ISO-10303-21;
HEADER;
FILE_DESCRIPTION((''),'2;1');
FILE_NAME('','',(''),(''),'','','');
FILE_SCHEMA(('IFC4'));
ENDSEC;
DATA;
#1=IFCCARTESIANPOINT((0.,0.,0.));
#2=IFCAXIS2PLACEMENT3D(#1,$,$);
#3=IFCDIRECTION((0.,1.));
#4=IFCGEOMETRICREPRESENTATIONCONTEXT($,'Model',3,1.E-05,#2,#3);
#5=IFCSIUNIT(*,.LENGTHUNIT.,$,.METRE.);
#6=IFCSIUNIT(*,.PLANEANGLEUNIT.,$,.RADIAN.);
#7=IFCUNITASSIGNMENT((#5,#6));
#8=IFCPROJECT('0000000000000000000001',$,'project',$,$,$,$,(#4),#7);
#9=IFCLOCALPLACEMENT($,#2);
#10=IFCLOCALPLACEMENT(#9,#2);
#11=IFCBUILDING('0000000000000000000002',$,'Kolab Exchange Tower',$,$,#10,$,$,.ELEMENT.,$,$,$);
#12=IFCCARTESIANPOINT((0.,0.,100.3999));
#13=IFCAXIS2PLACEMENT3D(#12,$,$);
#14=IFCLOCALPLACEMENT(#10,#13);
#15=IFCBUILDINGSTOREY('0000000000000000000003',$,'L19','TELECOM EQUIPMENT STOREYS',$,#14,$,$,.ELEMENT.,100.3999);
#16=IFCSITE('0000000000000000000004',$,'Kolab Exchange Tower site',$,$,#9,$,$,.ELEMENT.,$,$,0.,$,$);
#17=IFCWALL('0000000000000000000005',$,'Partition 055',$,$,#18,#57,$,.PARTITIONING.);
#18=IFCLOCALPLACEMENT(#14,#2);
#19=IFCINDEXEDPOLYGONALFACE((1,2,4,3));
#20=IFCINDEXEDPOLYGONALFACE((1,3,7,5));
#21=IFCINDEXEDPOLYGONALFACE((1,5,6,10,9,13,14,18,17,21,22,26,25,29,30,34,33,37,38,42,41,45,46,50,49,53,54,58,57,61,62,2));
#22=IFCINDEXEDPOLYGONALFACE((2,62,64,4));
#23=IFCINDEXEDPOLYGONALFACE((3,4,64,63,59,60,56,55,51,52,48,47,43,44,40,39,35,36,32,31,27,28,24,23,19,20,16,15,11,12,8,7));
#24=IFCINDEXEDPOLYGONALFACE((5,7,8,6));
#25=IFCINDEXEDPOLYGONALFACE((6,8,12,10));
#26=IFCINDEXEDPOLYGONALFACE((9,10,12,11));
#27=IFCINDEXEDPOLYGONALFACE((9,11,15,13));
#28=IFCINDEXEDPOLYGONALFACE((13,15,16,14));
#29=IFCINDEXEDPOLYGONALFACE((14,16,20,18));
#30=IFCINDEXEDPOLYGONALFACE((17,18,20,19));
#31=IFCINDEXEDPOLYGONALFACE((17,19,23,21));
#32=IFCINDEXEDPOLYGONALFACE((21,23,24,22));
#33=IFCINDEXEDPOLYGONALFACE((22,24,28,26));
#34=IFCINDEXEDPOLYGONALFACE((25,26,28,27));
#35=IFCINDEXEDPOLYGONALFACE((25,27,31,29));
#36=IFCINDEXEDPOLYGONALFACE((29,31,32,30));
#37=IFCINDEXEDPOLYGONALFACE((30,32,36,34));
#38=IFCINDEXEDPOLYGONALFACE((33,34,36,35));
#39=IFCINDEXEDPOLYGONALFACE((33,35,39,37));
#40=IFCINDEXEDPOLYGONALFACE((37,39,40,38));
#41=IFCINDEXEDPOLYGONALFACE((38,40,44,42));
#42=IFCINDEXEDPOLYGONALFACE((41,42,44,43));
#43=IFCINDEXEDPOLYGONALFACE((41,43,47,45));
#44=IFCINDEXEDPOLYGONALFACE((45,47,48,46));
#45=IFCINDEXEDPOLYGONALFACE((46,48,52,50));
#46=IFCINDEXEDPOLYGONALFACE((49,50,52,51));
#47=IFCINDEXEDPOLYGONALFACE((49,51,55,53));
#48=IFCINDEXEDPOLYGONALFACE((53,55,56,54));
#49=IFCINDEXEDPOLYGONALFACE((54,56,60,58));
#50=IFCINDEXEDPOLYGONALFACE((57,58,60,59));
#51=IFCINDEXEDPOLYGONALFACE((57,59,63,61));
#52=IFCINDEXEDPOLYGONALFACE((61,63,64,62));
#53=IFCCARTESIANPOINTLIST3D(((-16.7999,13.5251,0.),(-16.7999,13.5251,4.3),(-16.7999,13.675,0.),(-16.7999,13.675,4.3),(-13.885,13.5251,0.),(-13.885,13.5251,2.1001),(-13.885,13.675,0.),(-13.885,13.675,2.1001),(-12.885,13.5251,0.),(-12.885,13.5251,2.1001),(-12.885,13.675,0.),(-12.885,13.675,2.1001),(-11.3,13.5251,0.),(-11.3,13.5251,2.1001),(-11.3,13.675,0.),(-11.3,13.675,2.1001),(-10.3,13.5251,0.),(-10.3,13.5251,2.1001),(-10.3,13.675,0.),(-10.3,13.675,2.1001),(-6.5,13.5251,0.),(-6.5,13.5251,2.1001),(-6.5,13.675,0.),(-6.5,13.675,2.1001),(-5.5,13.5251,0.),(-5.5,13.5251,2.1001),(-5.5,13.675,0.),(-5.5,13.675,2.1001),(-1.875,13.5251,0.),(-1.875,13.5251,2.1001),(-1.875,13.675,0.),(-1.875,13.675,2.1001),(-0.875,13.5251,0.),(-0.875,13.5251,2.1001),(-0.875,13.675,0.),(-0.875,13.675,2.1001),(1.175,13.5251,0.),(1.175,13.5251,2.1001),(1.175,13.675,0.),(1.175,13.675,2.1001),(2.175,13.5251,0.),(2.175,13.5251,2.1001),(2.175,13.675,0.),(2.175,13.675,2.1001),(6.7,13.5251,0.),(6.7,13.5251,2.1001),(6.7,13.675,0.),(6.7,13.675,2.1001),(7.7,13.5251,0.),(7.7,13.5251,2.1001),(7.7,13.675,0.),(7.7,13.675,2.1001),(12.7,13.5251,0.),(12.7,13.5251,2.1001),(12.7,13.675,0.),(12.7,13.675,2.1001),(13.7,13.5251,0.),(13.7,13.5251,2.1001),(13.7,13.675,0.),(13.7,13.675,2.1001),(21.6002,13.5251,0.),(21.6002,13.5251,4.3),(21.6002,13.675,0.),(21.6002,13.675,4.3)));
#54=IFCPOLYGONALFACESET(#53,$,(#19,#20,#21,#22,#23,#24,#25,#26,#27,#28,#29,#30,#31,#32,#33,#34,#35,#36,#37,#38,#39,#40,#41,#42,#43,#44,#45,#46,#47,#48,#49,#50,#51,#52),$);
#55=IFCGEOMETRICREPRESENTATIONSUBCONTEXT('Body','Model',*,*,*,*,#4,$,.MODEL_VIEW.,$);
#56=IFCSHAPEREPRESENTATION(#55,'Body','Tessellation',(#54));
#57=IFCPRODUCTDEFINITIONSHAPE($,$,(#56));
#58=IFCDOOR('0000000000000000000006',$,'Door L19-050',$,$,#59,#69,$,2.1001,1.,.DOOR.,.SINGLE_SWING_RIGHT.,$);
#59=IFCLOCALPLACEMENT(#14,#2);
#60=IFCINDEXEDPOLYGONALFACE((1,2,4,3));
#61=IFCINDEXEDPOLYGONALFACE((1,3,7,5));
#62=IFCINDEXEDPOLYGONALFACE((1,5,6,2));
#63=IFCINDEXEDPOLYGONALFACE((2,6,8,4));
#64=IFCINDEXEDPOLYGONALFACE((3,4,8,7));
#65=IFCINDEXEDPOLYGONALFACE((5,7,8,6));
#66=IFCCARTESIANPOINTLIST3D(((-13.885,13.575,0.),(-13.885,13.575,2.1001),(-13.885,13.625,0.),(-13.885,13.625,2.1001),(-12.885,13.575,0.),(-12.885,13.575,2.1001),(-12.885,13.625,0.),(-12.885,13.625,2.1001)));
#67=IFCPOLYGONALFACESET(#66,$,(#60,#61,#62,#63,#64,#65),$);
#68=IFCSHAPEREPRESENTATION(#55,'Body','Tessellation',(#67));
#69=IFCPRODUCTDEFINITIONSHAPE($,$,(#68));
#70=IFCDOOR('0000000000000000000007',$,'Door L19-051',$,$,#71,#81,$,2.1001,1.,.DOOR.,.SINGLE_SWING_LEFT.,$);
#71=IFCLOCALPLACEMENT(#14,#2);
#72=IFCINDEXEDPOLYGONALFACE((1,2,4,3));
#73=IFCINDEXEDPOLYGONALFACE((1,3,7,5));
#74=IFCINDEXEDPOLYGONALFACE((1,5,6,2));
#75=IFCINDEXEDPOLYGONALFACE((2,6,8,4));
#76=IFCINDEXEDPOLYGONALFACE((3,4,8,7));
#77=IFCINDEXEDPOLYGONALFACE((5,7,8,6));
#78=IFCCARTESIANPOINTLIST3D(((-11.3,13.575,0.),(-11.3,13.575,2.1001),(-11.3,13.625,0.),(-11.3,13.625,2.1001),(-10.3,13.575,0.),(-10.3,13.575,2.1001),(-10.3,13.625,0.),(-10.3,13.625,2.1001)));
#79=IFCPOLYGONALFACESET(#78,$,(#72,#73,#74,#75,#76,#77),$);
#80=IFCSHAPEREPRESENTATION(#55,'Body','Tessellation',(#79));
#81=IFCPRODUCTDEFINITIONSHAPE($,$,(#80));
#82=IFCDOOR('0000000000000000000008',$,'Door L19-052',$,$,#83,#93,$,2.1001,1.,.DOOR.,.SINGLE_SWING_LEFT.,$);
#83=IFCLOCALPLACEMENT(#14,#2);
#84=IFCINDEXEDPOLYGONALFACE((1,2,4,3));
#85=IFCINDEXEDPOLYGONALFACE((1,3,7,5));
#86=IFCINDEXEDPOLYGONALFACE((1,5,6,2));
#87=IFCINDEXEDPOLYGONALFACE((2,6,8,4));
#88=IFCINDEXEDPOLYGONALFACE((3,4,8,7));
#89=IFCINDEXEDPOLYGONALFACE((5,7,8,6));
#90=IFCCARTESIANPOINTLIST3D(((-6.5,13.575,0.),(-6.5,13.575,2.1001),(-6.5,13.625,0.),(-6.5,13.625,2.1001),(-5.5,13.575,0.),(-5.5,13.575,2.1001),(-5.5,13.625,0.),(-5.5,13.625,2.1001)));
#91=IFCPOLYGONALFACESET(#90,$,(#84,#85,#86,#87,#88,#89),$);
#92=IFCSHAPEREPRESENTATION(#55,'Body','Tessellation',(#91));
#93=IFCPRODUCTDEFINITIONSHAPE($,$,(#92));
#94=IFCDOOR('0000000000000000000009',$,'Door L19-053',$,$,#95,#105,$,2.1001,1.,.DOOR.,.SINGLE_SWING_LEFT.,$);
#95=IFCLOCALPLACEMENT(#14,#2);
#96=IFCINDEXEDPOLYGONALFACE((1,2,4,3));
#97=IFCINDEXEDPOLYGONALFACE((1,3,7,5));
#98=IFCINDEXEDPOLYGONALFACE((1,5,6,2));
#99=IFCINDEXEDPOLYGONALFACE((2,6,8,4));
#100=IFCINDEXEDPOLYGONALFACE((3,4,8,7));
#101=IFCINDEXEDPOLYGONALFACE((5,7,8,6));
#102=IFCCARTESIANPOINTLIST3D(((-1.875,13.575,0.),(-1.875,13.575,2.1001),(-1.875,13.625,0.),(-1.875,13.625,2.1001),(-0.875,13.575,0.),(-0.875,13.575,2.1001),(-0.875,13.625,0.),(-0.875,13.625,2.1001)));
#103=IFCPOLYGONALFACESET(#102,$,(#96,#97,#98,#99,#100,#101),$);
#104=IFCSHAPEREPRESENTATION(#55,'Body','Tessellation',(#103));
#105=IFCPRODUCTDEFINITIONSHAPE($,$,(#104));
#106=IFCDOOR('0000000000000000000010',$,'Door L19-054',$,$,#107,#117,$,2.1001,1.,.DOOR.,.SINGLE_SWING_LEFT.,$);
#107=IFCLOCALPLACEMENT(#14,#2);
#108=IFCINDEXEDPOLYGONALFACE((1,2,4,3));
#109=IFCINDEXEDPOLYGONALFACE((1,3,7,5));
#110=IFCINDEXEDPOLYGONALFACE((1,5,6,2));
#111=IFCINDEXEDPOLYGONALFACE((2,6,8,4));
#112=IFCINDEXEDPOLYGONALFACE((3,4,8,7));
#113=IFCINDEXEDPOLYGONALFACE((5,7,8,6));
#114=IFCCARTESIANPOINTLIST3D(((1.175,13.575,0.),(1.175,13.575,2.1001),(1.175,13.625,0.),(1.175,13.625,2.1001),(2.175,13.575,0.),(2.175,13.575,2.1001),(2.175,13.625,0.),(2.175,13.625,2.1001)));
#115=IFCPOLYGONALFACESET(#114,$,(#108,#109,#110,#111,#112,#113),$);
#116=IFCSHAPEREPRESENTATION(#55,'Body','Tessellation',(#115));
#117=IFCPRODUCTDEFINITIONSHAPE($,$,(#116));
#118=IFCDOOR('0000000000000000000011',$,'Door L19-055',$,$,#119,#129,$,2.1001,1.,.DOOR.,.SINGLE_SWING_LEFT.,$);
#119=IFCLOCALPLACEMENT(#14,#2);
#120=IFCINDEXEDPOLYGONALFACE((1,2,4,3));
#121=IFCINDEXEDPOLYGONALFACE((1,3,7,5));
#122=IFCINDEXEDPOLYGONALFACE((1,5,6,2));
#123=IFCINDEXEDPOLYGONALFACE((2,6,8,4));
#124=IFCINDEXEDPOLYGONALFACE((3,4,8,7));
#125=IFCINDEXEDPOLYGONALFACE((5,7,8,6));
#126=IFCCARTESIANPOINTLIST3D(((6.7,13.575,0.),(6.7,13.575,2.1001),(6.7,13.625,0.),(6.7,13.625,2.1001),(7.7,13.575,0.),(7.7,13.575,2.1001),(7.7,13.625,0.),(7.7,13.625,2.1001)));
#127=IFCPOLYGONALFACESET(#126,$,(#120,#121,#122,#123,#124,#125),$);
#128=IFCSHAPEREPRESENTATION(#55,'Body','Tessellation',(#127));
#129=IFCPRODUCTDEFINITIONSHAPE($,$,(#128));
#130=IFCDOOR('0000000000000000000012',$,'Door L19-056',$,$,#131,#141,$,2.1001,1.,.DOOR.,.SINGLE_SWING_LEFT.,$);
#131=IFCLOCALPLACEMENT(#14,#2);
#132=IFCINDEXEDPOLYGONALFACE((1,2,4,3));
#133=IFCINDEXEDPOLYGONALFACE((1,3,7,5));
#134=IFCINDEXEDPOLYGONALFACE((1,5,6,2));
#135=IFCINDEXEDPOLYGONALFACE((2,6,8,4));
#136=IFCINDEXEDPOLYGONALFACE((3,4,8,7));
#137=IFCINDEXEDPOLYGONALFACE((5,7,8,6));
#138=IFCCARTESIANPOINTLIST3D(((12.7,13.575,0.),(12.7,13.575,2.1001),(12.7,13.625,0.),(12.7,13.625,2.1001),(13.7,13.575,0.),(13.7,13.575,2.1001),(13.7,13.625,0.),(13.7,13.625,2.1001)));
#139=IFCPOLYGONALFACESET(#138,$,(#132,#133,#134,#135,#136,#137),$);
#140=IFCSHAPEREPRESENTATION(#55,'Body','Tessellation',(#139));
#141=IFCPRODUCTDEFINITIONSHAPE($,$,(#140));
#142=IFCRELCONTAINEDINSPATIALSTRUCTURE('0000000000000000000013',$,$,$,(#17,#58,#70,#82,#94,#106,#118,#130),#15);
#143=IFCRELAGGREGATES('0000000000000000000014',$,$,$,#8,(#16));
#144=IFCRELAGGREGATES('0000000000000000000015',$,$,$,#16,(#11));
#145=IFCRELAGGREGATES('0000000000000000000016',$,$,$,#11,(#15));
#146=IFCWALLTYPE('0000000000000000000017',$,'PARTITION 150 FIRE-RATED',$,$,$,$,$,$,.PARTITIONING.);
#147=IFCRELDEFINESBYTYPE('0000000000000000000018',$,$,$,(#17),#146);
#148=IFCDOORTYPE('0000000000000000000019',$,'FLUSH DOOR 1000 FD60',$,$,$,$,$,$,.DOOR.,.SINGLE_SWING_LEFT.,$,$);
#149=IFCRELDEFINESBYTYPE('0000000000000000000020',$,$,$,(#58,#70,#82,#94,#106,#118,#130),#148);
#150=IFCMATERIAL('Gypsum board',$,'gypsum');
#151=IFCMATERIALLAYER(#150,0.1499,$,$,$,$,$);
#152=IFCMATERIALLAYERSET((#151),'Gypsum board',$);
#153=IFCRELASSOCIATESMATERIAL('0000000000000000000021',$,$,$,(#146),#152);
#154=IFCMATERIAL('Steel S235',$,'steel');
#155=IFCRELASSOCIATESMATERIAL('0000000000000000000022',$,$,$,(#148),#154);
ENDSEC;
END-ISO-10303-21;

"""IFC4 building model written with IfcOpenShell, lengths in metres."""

from ifc_helpers import new_model, si_unit, direction, frame, frame_2d, origin, place, context, subcontext, project, spatial, rectangle, extrude, material, layer, layer_set, type_object, element, fill, save


model = new_model("IFC4")

# Units and contexts
model_context = context("Model", 3, precision=1e-05, world=origin(), true_north=direction((0.0, 1.0)))
body_context = subcontext(model_context, "Body", "Model", "MODEL_VIEW")
ifc_project = project(units=[si_unit("LENGTHUNIT", "METRE"), si_unit("PLANEANGLEUNIT", "RADIAN")], contexts=[model_context])

# Site, building, storey
site_placement = place(None, origin())
site = spatial("IfcSite", under=ifc_project, at=site_placement, Name="Kolab Exchange Tower site", CompositionType="ELEMENT", RefElevation=0.0)
building_placement = place(site_placement, origin())
building = spatial("IfcBuilding", under=site, at=building_placement, Name="Kolab Exchange Tower", CompositionType="ELEMENT")
storey_placement = place(building_placement, frame((0.0, 0.0, 100.3999)))
storey = spatial("IfcBuildingStorey", under=building, at=storey_placement, Name="L19", Description="TELECOM EQUIPMENT STOREYS", CompositionType="ELEMENT", Elevation=100.3999)

# Shared definitions
ifc_material_1 = material(Name="Gypsum board", Category="gypsum")

# Wall, openings, doors
ifc_layer_1 = layer(ifc_material_1, 0.1499)
ifc_layer_set_1 = layer_set([ifc_layer_1], Name="Gypsum board")
wall_type_1 = type_object("IfcWallType", Name="PARTITION 150 FIRE-RATED", PredefinedType="PARTITIONING", material=ifc_layer_set_1)
wall_1_placement = place(storey_placement, frame((-16.8, 13.6001, 0.0), z_axis=(0.0, 0.0, 1.0), x_axis=(1.0, 0.0, 0.0)))
wall_1 = element("IfcWall", 1, at=wall_1_placement, inside=storey, type_object=wall_type_1, Name="Partition 055", PredefinedType="PARTITIONING", context=body_context, shape_type="SweptSolid", body=[
    extrude(rectangle(XDim=38.4001, YDim=0.1499, at=frame_2d((19.2002, 0.0))), origin(), (0.0, 0.0, 1.0), 4.3),
])
opening_1_placement = place(wall_1_placement, frame((2.915, 0.0, 0.0)))
opening_1 = element("IfcOpeningElement", 2, at=opening_1_placement, cuts=wall_1, PredefinedType="OPENING", context=body_context, shape_type="SweptSolid", body=[
    extrude(rectangle(XDim=1.0, YDim=2.1001, at=frame_2d((0.5, 1.05))), frame((0.0, 0.085, 0.0), z_axis=(0.0, -1.0, 0.0), x_axis=(1.0, 0.0, 0.0)), (0.0, 0.0, 1.0), 0.1699),
])
opening_2_placement = place(wall_1_placement, frame((5.5, 0.0, 0.0)))
opening_2 = element("IfcOpeningElement", 3, at=opening_2_placement, cuts=wall_1, PredefinedType="OPENING", context=body_context, shape_type="SweptSolid", body=[
    extrude(rectangle(XDim=1.0, YDim=2.1001, at=frame_2d((0.5, 1.05))), frame((0.0, 0.085, 0.0), z_axis=(0.0, -1.0, 0.0), x_axis=(1.0, 0.0, 0.0)), (0.0, 0.0, 1.0), 0.1699),
])
opening_3_placement = place(wall_1_placement, frame((10.3, 0.0, 0.0)))
opening_3 = element("IfcOpeningElement", 4, at=opening_3_placement, cuts=wall_1, PredefinedType="OPENING", context=body_context, shape_type="SweptSolid", body=[
    extrude(rectangle(XDim=1.0, YDim=2.1001, at=frame_2d((0.5, 1.05))), frame((0.0, 0.085, 0.0), z_axis=(0.0, -1.0, 0.0), x_axis=(1.0, 0.0, 0.0)), (0.0, 0.0, 1.0), 0.1699),
])
opening_4_placement = place(wall_1_placement, frame((14.925, 0.0, 0.0)))
opening_4 = element("IfcOpeningElement", 5, at=opening_4_placement, cuts=wall_1, PredefinedType="OPENING", context=body_context, shape_type="SweptSolid", body=[
    extrude(rectangle(XDim=1.0, YDim=2.1001, at=frame_2d((0.5, 1.05))), frame((0.0, 0.085, 0.0), z_axis=(0.0, -1.0, 0.0), x_axis=(1.0, 0.0, 0.0)), (0.0, 0.0, 1.0), 0.1699),
])
opening_5_placement = place(wall_1_placement, frame((17.9751, 0.0, 0.0)))
opening_5 = element("IfcOpeningElement", 6, at=opening_5_placement, cuts=wall_1, PredefinedType="OPENING", context=body_context, shape_type="SweptSolid", body=[
    extrude(rectangle(XDim=1.0, YDim=2.1001, at=frame_2d((0.5, 1.05))), frame((0.0, 0.085, 0.0), z_axis=(0.0, -1.0, 0.0), x_axis=(1.0, 0.0, 0.0)), (0.0, 0.0, 1.0), 0.1699),
])
opening_6_placement = place(wall_1_placement, frame((23.5, 0.0, 0.0)))
opening_6 = element("IfcOpeningElement", 7, at=opening_6_placement, cuts=wall_1, PredefinedType="OPENING", context=body_context, shape_type="SweptSolid", body=[
    extrude(rectangle(XDim=1.0, YDim=2.1001, at=frame_2d((0.5, 1.05))), frame((0.0, 0.085, 0.0), z_axis=(0.0, -1.0, 0.0), x_axis=(1.0, 0.0, 0.0)), (0.0, 0.0, 1.0), 0.1699),
])
opening_7_placement = place(wall_1_placement, frame((29.5, 0.0, 0.0)))
opening_7 = element("IfcOpeningElement", 8, at=opening_7_placement, cuts=wall_1, PredefinedType="OPENING", context=body_context, shape_type="SweptSolid", body=[
    extrude(rectangle(XDim=1.0, YDim=2.1001, at=frame_2d((0.5, 1.05))), frame((0.0, 0.085, 0.0), z_axis=(0.0, -1.0, 0.0), x_axis=(1.0, 0.0, 0.0)), (0.0, 0.0, 1.0), 0.1699),
])
ifc_material_2 = material(Name="Steel S235", Category="steel")
door_type_1 = type_object("IfcDoorType", Name="FLUSH DOOR 1000 FD60", OperationType="SINGLE_SWING_LEFT", PredefinedType="DOOR", material=ifc_material_2)
door_1_placement = place(opening_1_placement, origin())
door_1 = element("IfcDoor", 9, at=door_1_placement, inside=storey, type_object=door_type_1, Name="Door L19-050", OperationType="SINGLE_SWING_RIGHT", OverallHeight=2.1001, OverallWidth=1.0, PredefinedType="DOOR", context=body_context, shape_type="SweptSolid", body=[
    extrude(rectangle(XDim=1.0, YDim=2.1001, at=frame_2d((0.5, 1.05))), frame((0.0, 0.0249, 0.0), z_axis=(0.0, -1.0, 0.0), x_axis=(1.0, 0.0, 0.0)), (0.0, 0.0, 1.0), 0.05),
])
fill(opening_1, door_1)
door_2_placement = place(opening_2_placement, origin())
door_2 = element("IfcDoor", 10, at=door_2_placement, inside=storey, type_object=door_type_1, Name="Door L19-051", OperationType="SINGLE_SWING_LEFT", OverallHeight=2.1001, OverallWidth=1.0, PredefinedType="DOOR", context=body_context, shape_type="SweptSolid", body=[
    extrude(rectangle(XDim=1.0, YDim=2.1001, at=frame_2d((0.5, 1.05))), frame((0.0, 0.0249, 0.0), z_axis=(0.0, -1.0, 0.0), x_axis=(1.0, 0.0, 0.0)), (0.0, 0.0, 1.0), 0.05),
])
fill(opening_2, door_2)
door_3_placement = place(opening_3_placement, origin())
door_3 = element("IfcDoor", 11, at=door_3_placement, inside=storey, type_object=door_type_1, Name="Door L19-052", OperationType="SINGLE_SWING_LEFT", OverallHeight=2.1001, OverallWidth=1.0, PredefinedType="DOOR", context=body_context, shape_type="SweptSolid", body=[
    extrude(rectangle(XDim=1.0, YDim=2.1001, at=frame_2d((0.5, 1.05))), frame((0.0, 0.0249, 0.0), z_axis=(0.0, -1.0, 0.0), x_axis=(1.0, 0.0, 0.0)), (0.0, 0.0, 1.0), 0.05),
])
fill(opening_3, door_3)
door_4_placement = place(opening_4_placement, origin())
door_4 = element("IfcDoor", 12, at=door_4_placement, inside=storey, type_object=door_type_1, Name="Door L19-053", OperationType="SINGLE_SWING_LEFT", OverallHeight=2.1001, OverallWidth=1.0, PredefinedType="DOOR", context=body_context, shape_type="SweptSolid", body=[
    extrude(rectangle(XDim=1.0, YDim=2.1001, at=frame_2d((0.5, 1.05))), frame((0.0, 0.0249, 0.0), z_axis=(0.0, -1.0, 0.0), x_axis=(1.0, 0.0, 0.0)), (0.0, 0.0, 1.0), 0.05),
])
fill(opening_4, door_4)
door_5_placement = place(opening_5_placement, origin())
door_5 = element("IfcDoor", 13, at=door_5_placement, inside=storey, type_object=door_type_1, Name="Door L19-054", OperationType="SINGLE_SWING_LEFT", OverallHeight=2.1001, OverallWidth=1.0, PredefinedType="DOOR", context=body_context, shape_type="SweptSolid", body=[
    extrude(rectangle(XDim=1.0, YDim=2.1001, at=frame_2d((0.5, 1.05))), frame((0.0, 0.0249, 0.0), z_axis=(0.0, -1.0, 0.0), x_axis=(1.0, 0.0, 0.0)), (0.0, 0.0, 1.0), 0.05),
])
fill(opening_5, door_5)
door_6_placement = place(opening_6_placement, origin())
door_6 = element("IfcDoor", 14, at=door_6_placement, inside=storey, type_object=door_type_1, Name="Door L19-055", OperationType="SINGLE_SWING_LEFT", OverallHeight=2.1001, OverallWidth=1.0, PredefinedType="DOOR", context=body_context, shape_type="SweptSolid", body=[
    extrude(rectangle(XDim=1.0, YDim=2.1001, at=frame_2d((0.5, 1.05))), frame((0.0, 0.0249, 0.0), z_axis=(0.0, -1.0, 0.0), x_axis=(1.0, 0.0, 0.0)), (0.0, 0.0, 1.0), 0.05),
])
fill(opening_6, door_6)
door_7_placement = place(opening_7_placement, origin())
door_7 = element("IfcDoor", 15, at=door_7_placement, inside=storey, type_object=door_type_1, Name="Door L19-056", OperationType="SINGLE_SWING_LEFT", OverallHeight=2.1001, OverallWidth=1.0, PredefinedType="DOOR", context=body_context, shape_type="SweptSolid", body=[
    extrude(rectangle(XDim=1.0, YDim=2.1001, at=frame_2d((0.5, 1.05))), frame((0.0, 0.0249, 0.0), z_axis=(0.0, -1.0, 0.0), x_axis=(1.0, 0.0, 0.0)), (0.0, 0.0, 1.0), 0.05),
])
fill(opening_7, door_7)

save(model, "model.ifc")
